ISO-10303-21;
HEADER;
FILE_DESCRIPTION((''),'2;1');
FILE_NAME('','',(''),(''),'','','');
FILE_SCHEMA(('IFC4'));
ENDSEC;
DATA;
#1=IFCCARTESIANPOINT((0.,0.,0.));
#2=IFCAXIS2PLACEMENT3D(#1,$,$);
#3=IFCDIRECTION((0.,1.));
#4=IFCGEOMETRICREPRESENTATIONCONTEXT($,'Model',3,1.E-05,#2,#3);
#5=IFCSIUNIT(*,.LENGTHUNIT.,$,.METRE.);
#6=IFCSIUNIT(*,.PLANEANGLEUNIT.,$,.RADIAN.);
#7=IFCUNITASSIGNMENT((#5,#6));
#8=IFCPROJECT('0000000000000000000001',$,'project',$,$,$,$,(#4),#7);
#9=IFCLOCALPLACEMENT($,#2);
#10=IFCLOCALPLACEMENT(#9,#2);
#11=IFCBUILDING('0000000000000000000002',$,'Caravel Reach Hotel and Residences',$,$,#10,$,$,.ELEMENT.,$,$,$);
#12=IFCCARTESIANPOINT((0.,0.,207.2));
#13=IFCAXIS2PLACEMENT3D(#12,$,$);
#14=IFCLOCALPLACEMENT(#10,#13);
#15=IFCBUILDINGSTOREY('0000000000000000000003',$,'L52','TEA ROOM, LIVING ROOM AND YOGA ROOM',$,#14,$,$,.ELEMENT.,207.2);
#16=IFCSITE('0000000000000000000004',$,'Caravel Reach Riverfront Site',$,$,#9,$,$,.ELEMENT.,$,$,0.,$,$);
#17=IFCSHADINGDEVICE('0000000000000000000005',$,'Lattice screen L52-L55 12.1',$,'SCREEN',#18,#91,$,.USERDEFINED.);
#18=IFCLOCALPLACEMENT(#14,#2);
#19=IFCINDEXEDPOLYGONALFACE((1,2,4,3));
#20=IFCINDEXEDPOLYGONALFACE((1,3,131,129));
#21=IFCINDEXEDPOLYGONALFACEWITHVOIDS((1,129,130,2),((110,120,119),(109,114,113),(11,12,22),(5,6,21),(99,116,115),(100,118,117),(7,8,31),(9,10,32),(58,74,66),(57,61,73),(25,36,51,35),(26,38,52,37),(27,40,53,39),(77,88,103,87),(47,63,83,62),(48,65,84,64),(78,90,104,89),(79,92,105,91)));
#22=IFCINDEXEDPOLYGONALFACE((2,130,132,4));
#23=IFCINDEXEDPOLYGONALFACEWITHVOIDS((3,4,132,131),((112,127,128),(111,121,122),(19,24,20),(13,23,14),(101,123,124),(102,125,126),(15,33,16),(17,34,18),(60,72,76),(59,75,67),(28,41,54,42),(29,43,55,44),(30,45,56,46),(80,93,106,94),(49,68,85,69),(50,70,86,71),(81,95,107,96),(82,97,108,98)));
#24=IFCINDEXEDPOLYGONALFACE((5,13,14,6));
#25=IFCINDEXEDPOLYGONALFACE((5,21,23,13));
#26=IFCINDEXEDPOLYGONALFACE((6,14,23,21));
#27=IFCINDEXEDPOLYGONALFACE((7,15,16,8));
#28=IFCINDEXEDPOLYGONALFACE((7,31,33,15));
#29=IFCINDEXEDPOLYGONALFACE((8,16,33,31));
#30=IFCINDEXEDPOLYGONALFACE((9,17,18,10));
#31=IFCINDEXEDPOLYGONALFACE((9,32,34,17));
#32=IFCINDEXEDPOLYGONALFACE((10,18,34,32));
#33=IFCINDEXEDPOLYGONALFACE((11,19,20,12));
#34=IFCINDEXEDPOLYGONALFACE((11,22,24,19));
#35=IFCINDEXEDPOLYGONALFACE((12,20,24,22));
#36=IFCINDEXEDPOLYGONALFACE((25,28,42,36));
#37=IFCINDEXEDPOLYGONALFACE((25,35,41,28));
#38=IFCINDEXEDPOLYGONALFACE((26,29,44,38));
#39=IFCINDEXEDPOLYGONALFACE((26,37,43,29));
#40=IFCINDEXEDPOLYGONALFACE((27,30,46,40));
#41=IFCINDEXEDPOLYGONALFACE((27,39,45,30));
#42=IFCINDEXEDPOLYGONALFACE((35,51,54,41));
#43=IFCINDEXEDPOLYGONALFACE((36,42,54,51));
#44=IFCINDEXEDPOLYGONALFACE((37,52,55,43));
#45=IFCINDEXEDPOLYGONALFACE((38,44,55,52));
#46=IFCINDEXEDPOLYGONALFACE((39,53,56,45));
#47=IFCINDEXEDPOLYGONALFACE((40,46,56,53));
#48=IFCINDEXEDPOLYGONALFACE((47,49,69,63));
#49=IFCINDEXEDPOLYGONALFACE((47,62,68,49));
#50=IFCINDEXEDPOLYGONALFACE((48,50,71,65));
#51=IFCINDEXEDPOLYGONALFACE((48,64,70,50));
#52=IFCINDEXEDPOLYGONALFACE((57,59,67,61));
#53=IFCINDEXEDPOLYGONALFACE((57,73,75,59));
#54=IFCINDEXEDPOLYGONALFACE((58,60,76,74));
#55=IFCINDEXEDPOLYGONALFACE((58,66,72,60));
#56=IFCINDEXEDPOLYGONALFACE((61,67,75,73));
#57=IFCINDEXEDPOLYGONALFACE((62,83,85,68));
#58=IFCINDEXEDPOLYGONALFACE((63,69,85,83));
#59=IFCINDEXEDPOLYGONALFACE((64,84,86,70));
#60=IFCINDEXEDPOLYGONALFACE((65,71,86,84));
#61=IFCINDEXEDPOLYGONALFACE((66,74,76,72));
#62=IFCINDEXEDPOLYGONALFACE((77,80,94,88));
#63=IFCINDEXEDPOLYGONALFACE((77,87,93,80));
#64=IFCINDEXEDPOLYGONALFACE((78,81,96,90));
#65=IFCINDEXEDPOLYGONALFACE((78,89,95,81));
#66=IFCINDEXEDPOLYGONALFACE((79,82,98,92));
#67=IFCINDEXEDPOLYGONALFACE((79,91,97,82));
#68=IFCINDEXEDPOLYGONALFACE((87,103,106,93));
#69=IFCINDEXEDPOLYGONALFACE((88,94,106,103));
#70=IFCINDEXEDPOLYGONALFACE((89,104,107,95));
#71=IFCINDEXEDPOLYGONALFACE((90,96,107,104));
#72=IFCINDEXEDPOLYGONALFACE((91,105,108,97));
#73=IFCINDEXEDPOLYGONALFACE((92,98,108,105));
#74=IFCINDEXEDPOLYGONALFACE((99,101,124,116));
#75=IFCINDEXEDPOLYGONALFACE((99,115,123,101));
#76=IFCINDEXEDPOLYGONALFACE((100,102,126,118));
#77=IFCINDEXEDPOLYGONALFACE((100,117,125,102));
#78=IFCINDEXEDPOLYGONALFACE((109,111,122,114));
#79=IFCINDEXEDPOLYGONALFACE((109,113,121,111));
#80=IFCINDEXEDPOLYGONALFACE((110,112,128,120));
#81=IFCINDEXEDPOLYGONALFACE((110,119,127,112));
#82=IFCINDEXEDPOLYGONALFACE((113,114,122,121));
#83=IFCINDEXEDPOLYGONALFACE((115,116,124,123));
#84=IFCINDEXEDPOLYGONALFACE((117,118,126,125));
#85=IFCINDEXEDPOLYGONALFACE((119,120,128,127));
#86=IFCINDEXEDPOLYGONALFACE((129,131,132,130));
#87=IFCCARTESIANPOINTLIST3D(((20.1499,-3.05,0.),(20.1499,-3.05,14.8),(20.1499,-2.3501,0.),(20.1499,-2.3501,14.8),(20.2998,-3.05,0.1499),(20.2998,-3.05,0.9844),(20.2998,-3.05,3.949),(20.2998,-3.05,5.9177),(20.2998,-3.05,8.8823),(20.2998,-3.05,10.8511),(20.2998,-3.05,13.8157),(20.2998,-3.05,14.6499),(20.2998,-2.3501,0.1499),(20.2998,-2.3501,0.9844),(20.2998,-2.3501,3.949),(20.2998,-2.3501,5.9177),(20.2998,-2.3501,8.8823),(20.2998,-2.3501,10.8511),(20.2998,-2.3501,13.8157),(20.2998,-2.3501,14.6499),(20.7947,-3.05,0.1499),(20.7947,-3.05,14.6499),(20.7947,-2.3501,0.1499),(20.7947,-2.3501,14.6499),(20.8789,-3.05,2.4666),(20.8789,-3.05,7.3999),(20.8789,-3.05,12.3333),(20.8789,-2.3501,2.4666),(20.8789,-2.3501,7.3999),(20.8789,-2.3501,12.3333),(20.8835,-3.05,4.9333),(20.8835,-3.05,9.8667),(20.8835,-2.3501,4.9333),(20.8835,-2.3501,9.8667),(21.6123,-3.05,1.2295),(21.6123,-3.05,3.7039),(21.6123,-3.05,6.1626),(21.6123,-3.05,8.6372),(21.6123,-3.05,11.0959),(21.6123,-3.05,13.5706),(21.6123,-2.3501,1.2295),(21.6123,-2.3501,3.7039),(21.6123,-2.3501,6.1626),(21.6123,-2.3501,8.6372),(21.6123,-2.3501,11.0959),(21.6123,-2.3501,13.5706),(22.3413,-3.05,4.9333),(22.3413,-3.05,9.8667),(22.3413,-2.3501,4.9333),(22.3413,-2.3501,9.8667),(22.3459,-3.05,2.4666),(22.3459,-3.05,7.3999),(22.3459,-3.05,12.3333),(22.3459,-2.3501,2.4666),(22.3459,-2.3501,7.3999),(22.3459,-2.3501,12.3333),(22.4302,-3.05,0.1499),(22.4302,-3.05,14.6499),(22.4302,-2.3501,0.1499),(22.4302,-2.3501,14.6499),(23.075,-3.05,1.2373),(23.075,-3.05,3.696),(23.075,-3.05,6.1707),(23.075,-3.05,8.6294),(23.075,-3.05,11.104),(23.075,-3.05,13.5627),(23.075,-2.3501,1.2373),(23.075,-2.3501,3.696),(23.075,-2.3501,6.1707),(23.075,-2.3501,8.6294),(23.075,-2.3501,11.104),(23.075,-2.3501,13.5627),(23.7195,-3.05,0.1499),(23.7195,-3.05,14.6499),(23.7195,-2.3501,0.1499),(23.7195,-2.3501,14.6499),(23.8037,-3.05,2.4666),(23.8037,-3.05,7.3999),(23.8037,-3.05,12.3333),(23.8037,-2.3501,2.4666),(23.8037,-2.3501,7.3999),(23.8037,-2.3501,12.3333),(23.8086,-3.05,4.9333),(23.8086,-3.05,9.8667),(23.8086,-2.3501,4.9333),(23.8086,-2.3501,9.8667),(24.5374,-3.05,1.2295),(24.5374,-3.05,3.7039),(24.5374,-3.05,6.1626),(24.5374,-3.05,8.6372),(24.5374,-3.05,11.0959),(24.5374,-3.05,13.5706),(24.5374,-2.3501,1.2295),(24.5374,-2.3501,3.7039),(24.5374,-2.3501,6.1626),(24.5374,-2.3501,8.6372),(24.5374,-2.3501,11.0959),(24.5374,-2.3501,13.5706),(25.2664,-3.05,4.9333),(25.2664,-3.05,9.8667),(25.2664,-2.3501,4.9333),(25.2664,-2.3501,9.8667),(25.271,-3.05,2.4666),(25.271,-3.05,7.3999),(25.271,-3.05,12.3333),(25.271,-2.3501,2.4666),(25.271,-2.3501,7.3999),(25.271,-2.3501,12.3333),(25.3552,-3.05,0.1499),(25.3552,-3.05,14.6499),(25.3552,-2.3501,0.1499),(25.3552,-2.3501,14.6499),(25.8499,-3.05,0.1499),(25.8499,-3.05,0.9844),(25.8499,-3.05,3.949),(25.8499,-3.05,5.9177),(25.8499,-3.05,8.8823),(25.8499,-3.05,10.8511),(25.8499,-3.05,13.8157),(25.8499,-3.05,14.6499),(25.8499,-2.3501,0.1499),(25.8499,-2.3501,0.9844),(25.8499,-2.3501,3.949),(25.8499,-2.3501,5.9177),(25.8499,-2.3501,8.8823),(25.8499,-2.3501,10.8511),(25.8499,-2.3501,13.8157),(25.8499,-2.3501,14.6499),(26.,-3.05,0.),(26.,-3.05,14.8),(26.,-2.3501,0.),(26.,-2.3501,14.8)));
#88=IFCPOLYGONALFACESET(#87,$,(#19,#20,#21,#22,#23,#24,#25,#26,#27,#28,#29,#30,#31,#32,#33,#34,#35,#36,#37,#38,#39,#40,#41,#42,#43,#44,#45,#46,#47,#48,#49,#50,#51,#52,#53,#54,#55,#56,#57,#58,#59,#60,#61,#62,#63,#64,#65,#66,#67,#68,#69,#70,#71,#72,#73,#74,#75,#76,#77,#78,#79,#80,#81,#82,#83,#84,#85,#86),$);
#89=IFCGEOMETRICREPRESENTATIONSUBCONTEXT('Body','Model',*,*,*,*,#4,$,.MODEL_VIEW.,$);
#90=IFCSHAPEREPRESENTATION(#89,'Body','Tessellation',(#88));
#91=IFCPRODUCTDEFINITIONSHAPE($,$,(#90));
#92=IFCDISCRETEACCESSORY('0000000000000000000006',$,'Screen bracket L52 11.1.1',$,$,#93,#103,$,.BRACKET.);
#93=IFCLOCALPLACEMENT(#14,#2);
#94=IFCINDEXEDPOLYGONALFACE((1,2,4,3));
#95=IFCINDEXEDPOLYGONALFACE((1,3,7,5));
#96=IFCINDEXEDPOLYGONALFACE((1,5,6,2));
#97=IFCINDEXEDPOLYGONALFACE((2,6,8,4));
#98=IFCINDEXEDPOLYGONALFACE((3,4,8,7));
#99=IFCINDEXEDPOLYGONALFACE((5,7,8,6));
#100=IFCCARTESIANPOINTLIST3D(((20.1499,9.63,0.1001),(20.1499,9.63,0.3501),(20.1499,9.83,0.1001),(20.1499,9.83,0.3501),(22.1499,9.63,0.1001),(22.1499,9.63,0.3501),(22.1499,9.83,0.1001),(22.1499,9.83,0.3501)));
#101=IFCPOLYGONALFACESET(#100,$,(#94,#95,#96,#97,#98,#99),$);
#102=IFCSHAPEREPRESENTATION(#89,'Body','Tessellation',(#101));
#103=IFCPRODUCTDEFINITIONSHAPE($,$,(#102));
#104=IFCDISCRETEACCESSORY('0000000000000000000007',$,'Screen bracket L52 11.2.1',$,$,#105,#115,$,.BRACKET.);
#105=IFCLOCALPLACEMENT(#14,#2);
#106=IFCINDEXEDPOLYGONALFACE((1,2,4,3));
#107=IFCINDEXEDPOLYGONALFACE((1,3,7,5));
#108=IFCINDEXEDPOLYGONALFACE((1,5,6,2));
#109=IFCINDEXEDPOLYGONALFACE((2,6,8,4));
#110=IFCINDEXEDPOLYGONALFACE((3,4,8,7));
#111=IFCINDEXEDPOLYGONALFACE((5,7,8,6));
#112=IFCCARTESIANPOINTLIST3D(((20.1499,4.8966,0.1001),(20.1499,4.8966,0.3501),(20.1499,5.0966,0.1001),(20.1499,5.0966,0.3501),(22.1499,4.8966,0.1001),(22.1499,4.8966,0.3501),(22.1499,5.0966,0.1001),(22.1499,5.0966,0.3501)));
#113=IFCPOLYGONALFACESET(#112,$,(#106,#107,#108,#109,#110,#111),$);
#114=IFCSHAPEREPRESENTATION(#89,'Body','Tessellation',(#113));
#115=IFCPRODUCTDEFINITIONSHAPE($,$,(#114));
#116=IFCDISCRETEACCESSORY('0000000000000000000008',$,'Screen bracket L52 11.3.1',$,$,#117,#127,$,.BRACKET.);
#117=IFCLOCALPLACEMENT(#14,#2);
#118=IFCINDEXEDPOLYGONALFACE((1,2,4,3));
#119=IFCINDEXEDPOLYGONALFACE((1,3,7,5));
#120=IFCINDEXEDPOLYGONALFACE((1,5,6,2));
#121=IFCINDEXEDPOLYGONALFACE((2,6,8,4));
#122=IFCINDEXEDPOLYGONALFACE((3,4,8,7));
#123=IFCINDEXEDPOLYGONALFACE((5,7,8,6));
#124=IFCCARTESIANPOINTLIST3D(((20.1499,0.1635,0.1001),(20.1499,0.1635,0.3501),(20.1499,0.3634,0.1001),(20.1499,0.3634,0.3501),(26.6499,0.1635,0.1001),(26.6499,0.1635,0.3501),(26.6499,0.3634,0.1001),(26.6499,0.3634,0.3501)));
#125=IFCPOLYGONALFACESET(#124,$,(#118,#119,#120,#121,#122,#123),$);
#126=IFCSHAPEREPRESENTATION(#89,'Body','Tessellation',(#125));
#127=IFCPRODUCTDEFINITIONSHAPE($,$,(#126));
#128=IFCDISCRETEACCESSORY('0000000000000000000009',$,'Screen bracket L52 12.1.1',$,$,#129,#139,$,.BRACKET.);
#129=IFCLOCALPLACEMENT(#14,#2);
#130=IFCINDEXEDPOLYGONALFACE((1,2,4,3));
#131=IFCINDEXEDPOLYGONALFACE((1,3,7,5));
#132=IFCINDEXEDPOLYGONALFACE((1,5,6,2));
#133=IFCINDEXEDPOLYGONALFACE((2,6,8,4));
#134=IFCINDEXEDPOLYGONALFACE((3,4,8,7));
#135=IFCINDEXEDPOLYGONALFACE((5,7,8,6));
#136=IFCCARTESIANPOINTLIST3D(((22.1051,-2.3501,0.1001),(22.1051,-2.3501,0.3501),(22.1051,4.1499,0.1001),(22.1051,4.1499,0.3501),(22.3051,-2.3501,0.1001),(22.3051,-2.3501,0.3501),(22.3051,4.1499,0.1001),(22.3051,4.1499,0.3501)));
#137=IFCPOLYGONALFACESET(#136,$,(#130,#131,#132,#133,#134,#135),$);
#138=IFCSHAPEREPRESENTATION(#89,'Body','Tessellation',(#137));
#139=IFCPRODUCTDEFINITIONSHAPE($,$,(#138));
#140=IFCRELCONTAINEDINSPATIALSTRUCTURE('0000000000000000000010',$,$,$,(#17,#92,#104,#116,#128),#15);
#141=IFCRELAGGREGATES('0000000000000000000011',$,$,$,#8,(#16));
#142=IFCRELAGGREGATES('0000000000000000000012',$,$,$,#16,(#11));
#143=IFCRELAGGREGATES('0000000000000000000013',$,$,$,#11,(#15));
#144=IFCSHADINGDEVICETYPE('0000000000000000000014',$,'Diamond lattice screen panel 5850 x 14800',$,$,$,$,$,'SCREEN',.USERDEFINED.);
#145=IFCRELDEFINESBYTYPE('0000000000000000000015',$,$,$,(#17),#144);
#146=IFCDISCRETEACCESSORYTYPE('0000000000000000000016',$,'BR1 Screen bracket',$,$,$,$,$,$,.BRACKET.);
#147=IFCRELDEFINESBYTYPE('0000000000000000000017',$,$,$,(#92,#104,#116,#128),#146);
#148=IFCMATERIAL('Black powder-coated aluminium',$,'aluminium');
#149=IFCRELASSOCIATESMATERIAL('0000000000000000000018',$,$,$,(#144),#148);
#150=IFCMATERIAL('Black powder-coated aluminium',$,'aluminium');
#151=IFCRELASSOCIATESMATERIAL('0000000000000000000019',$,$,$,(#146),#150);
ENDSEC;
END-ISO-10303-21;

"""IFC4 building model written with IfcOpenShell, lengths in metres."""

from ifc_helpers import new_model, si_unit, direction, frame, origin, origin_2d, place, context, subcontext, project, spatial, polyline, rectangle, outline, extrude, material, type_object, element, save


model = new_model("IFC4")

# Units and contexts
model_context = context("Model", 3, precision=1e-05, world=origin(), true_north=direction((0.0, 1.0)))
body_context = subcontext(model_context, "Body", "Model", "MODEL_VIEW")
ifc_project = project(units=[si_unit("LENGTHUNIT", "METRE"), si_unit("PLANEANGLEUNIT", "RADIAN")], contexts=[model_context])

# Site, building, storey
site_placement = place(None, origin())
site = spatial("IfcSite", under=ifc_project, at=site_placement, Name="Caravel Reach Riverfront Site", CompositionType="ELEMENT", RefElevation=0.0)
building_placement = place(site_placement, origin())
building = spatial("IfcBuilding", under=site, at=building_placement, Name="Caravel Reach Hotel and Residences", CompositionType="ELEMENT")
storey_placement = place(building_placement, frame((0.0, 0.0, 207.2)))
storey = spatial("IfcBuildingStorey", under=building, at=storey_placement, Name="L52", Description="TEA ROOM, LIVING ROOM AND YOGA ROOM", CompositionType="ELEMENT", Elevation=207.2)

# Shading device
ifc_material_1 = material(Name="Black powder-coated aluminium", Category="aluminium")
shading_device_type_1 = type_object("IfcShadingDeviceType", Name="Diamond lattice screen panel 5850 x 14800", ElementType="SCREEN", PredefinedType="USERDEFINED", material=ifc_material_1)
shading_device_1_placement = place(storey_placement, frame((20.1499, -2.3501, 0.0), z_axis=(0.0, -1.0, 0.0), x_axis=(1.0, 0.0, 0.0)))
element("IfcShadingDevice", 1, at=shading_device_1_placement, inside=storey, type_object=shading_device_type_1, Name="Lattice screen L52-L55 12.1", ObjectType="SCREEN", PredefinedType="USERDEFINED", context=body_context, shape_type="SweptSolid", body=[
    extrude(outline(polyline([(0.0, 0.0), (5.8501, 0.0), (5.8501, 14.8), (0.0, 14.8), (0.0, 0.0)]), holes=[polyline([(0.6448, 0.1499), (0.1499, 0.9844), (0.1499, 0.1499), (0.6448, 0.1499)]), polyline([(0.7336, 4.9333), (0.1499, 5.9177), (0.1499, 3.949), (0.7336, 4.9333)]), polyline([(0.7336, 9.8667), (0.1499, 10.8511), (0.1499, 8.8823), (0.7336, 9.8667)]), polyline([(0.1499, 13.8157), (0.6448, 14.6499), (0.1499, 14.6499), (0.1499, 13.8157)]), polyline([(1.4624, 3.7039), (0.729, 2.4666), (1.4624, 1.2295), (2.196, 2.4666), (1.4624, 3.7039)]), polyline([(1.4624, 8.6372), (0.729, 7.3999), (1.4624, 6.1626), (2.196, 7.3999), (1.4624, 8.6372)]), polyline([(1.4624, 13.5706), (0.729, 12.3333), (1.4624, 11.0959), (2.196, 12.3333), (1.4624, 13.5706)]), polyline([(2.925, 1.2373), (2.2803, 0.1499), (3.5696, 0.1499), (2.925, 1.2373)]), polyline([(2.925, 6.1707), (2.1914, 4.9333), (2.925, 3.696), (3.6587, 4.9333), (2.925, 6.1707)]), polyline([(2.925, 11.104), (2.1914, 9.8667), (2.925, 8.6294), (3.6587, 9.8667), (2.925, 11.104)]), polyline([(2.925, 13.5627), (3.5696, 14.6499), (2.2803, 14.6499), (2.925, 13.5627)]), polyline([(4.3875, 3.7039), (3.6538, 2.4666), (4.3875, 1.2295), (5.1211, 2.4666), (4.3875, 3.7039)]), polyline([(4.3875, 8.6372), (3.6538, 7.3999), (4.3875, 6.1626), (5.1211, 7.3999), (4.3875, 8.6372)]), polyline([(4.3875, 13.5706), (3.6538, 12.3333), (4.3875, 11.0959), (5.1211, 12.3333), (4.3875, 13.5706)]), polyline([(5.7, 0.9844), (5.2053, 0.1499), (5.7, 0.1499), (5.7, 0.9844)]), polyline([(5.1165, 4.9333), (5.7, 3.949), (5.7, 5.9177), (5.1165, 4.9333)]), polyline([(5.1165, 9.8667), (5.7, 8.8823), (5.7, 10.8511), (5.1165, 9.8667)]), polyline([(5.2053, 14.6499), (5.7, 13.8157), (5.7, 14.6499), (5.2053, 14.6499)])]), origin(), (0.0, 0.0, 1.0), 0.7),
])

# Discrete accessories
ifc_material_2 = material(Name="Black powder-coated aluminium", Category="aluminium")
discrete_accessory_type = type_object("IfcDiscreteAccessoryType", Name="BR1 Screen bracket", PredefinedType="BRACKET", material=ifc_material_2)
for number, where, z_axis, x_axis, name in (
    (2, (21.1499, 9.73, 0.1001), (0.0, 0.0, 1.0), (-1.0, 0.0, 0.0), "Screen bracket L52 11.1.1"),
    (3, (21.1499, 4.9966, 0.1001), (0.0, 0.0, 1.0), (-1.0, 0.0, 0.0), "Screen bracket L52 11.2.1"),
):
    element("IfcDiscreteAccessory", number, at=place(storey_placement, frame(where, z_axis=z_axis, x_axis=x_axis)), inside=storey, type_object=discrete_accessory_type, Name=name, PredefinedType="BRACKET", context=body_context, shape_type="SweptSolid", body=[
        extrude(rectangle(XDim=2.0, YDim=0.2, at=origin_2d()), origin(), (0.0, 0.0, 1.0), 0.25),
    ])
for number, where, z_axis, x_axis, name in (
    (4, (23.3999, 0.2634, 0.1001), (0.0, 0.0, 1.0), (-1.0, 0.0, 0.0), "Screen bracket L52 11.3.1"),
    (5, (22.2051, 0.8999, 0.1001), (0.0, 0.0, 1.0), (0.0, -1.0, 0.0), "Screen bracket L52 12.1.1"),
):
    element("IfcDiscreteAccessory", number, at=place(storey_placement, frame(where, z_axis=z_axis, x_axis=x_axis)), inside=storey, type_object=discrete_accessory_type, Name=name, PredefinedType="BRACKET", context=body_context, shape_type="SweptSolid", body=[
        extrude(rectangle(XDim=6.5, YDim=0.2, at=origin_2d()), origin(), (0.0, 0.0, 1.0), 0.25),
    ])

save(model, "model.ifc")
